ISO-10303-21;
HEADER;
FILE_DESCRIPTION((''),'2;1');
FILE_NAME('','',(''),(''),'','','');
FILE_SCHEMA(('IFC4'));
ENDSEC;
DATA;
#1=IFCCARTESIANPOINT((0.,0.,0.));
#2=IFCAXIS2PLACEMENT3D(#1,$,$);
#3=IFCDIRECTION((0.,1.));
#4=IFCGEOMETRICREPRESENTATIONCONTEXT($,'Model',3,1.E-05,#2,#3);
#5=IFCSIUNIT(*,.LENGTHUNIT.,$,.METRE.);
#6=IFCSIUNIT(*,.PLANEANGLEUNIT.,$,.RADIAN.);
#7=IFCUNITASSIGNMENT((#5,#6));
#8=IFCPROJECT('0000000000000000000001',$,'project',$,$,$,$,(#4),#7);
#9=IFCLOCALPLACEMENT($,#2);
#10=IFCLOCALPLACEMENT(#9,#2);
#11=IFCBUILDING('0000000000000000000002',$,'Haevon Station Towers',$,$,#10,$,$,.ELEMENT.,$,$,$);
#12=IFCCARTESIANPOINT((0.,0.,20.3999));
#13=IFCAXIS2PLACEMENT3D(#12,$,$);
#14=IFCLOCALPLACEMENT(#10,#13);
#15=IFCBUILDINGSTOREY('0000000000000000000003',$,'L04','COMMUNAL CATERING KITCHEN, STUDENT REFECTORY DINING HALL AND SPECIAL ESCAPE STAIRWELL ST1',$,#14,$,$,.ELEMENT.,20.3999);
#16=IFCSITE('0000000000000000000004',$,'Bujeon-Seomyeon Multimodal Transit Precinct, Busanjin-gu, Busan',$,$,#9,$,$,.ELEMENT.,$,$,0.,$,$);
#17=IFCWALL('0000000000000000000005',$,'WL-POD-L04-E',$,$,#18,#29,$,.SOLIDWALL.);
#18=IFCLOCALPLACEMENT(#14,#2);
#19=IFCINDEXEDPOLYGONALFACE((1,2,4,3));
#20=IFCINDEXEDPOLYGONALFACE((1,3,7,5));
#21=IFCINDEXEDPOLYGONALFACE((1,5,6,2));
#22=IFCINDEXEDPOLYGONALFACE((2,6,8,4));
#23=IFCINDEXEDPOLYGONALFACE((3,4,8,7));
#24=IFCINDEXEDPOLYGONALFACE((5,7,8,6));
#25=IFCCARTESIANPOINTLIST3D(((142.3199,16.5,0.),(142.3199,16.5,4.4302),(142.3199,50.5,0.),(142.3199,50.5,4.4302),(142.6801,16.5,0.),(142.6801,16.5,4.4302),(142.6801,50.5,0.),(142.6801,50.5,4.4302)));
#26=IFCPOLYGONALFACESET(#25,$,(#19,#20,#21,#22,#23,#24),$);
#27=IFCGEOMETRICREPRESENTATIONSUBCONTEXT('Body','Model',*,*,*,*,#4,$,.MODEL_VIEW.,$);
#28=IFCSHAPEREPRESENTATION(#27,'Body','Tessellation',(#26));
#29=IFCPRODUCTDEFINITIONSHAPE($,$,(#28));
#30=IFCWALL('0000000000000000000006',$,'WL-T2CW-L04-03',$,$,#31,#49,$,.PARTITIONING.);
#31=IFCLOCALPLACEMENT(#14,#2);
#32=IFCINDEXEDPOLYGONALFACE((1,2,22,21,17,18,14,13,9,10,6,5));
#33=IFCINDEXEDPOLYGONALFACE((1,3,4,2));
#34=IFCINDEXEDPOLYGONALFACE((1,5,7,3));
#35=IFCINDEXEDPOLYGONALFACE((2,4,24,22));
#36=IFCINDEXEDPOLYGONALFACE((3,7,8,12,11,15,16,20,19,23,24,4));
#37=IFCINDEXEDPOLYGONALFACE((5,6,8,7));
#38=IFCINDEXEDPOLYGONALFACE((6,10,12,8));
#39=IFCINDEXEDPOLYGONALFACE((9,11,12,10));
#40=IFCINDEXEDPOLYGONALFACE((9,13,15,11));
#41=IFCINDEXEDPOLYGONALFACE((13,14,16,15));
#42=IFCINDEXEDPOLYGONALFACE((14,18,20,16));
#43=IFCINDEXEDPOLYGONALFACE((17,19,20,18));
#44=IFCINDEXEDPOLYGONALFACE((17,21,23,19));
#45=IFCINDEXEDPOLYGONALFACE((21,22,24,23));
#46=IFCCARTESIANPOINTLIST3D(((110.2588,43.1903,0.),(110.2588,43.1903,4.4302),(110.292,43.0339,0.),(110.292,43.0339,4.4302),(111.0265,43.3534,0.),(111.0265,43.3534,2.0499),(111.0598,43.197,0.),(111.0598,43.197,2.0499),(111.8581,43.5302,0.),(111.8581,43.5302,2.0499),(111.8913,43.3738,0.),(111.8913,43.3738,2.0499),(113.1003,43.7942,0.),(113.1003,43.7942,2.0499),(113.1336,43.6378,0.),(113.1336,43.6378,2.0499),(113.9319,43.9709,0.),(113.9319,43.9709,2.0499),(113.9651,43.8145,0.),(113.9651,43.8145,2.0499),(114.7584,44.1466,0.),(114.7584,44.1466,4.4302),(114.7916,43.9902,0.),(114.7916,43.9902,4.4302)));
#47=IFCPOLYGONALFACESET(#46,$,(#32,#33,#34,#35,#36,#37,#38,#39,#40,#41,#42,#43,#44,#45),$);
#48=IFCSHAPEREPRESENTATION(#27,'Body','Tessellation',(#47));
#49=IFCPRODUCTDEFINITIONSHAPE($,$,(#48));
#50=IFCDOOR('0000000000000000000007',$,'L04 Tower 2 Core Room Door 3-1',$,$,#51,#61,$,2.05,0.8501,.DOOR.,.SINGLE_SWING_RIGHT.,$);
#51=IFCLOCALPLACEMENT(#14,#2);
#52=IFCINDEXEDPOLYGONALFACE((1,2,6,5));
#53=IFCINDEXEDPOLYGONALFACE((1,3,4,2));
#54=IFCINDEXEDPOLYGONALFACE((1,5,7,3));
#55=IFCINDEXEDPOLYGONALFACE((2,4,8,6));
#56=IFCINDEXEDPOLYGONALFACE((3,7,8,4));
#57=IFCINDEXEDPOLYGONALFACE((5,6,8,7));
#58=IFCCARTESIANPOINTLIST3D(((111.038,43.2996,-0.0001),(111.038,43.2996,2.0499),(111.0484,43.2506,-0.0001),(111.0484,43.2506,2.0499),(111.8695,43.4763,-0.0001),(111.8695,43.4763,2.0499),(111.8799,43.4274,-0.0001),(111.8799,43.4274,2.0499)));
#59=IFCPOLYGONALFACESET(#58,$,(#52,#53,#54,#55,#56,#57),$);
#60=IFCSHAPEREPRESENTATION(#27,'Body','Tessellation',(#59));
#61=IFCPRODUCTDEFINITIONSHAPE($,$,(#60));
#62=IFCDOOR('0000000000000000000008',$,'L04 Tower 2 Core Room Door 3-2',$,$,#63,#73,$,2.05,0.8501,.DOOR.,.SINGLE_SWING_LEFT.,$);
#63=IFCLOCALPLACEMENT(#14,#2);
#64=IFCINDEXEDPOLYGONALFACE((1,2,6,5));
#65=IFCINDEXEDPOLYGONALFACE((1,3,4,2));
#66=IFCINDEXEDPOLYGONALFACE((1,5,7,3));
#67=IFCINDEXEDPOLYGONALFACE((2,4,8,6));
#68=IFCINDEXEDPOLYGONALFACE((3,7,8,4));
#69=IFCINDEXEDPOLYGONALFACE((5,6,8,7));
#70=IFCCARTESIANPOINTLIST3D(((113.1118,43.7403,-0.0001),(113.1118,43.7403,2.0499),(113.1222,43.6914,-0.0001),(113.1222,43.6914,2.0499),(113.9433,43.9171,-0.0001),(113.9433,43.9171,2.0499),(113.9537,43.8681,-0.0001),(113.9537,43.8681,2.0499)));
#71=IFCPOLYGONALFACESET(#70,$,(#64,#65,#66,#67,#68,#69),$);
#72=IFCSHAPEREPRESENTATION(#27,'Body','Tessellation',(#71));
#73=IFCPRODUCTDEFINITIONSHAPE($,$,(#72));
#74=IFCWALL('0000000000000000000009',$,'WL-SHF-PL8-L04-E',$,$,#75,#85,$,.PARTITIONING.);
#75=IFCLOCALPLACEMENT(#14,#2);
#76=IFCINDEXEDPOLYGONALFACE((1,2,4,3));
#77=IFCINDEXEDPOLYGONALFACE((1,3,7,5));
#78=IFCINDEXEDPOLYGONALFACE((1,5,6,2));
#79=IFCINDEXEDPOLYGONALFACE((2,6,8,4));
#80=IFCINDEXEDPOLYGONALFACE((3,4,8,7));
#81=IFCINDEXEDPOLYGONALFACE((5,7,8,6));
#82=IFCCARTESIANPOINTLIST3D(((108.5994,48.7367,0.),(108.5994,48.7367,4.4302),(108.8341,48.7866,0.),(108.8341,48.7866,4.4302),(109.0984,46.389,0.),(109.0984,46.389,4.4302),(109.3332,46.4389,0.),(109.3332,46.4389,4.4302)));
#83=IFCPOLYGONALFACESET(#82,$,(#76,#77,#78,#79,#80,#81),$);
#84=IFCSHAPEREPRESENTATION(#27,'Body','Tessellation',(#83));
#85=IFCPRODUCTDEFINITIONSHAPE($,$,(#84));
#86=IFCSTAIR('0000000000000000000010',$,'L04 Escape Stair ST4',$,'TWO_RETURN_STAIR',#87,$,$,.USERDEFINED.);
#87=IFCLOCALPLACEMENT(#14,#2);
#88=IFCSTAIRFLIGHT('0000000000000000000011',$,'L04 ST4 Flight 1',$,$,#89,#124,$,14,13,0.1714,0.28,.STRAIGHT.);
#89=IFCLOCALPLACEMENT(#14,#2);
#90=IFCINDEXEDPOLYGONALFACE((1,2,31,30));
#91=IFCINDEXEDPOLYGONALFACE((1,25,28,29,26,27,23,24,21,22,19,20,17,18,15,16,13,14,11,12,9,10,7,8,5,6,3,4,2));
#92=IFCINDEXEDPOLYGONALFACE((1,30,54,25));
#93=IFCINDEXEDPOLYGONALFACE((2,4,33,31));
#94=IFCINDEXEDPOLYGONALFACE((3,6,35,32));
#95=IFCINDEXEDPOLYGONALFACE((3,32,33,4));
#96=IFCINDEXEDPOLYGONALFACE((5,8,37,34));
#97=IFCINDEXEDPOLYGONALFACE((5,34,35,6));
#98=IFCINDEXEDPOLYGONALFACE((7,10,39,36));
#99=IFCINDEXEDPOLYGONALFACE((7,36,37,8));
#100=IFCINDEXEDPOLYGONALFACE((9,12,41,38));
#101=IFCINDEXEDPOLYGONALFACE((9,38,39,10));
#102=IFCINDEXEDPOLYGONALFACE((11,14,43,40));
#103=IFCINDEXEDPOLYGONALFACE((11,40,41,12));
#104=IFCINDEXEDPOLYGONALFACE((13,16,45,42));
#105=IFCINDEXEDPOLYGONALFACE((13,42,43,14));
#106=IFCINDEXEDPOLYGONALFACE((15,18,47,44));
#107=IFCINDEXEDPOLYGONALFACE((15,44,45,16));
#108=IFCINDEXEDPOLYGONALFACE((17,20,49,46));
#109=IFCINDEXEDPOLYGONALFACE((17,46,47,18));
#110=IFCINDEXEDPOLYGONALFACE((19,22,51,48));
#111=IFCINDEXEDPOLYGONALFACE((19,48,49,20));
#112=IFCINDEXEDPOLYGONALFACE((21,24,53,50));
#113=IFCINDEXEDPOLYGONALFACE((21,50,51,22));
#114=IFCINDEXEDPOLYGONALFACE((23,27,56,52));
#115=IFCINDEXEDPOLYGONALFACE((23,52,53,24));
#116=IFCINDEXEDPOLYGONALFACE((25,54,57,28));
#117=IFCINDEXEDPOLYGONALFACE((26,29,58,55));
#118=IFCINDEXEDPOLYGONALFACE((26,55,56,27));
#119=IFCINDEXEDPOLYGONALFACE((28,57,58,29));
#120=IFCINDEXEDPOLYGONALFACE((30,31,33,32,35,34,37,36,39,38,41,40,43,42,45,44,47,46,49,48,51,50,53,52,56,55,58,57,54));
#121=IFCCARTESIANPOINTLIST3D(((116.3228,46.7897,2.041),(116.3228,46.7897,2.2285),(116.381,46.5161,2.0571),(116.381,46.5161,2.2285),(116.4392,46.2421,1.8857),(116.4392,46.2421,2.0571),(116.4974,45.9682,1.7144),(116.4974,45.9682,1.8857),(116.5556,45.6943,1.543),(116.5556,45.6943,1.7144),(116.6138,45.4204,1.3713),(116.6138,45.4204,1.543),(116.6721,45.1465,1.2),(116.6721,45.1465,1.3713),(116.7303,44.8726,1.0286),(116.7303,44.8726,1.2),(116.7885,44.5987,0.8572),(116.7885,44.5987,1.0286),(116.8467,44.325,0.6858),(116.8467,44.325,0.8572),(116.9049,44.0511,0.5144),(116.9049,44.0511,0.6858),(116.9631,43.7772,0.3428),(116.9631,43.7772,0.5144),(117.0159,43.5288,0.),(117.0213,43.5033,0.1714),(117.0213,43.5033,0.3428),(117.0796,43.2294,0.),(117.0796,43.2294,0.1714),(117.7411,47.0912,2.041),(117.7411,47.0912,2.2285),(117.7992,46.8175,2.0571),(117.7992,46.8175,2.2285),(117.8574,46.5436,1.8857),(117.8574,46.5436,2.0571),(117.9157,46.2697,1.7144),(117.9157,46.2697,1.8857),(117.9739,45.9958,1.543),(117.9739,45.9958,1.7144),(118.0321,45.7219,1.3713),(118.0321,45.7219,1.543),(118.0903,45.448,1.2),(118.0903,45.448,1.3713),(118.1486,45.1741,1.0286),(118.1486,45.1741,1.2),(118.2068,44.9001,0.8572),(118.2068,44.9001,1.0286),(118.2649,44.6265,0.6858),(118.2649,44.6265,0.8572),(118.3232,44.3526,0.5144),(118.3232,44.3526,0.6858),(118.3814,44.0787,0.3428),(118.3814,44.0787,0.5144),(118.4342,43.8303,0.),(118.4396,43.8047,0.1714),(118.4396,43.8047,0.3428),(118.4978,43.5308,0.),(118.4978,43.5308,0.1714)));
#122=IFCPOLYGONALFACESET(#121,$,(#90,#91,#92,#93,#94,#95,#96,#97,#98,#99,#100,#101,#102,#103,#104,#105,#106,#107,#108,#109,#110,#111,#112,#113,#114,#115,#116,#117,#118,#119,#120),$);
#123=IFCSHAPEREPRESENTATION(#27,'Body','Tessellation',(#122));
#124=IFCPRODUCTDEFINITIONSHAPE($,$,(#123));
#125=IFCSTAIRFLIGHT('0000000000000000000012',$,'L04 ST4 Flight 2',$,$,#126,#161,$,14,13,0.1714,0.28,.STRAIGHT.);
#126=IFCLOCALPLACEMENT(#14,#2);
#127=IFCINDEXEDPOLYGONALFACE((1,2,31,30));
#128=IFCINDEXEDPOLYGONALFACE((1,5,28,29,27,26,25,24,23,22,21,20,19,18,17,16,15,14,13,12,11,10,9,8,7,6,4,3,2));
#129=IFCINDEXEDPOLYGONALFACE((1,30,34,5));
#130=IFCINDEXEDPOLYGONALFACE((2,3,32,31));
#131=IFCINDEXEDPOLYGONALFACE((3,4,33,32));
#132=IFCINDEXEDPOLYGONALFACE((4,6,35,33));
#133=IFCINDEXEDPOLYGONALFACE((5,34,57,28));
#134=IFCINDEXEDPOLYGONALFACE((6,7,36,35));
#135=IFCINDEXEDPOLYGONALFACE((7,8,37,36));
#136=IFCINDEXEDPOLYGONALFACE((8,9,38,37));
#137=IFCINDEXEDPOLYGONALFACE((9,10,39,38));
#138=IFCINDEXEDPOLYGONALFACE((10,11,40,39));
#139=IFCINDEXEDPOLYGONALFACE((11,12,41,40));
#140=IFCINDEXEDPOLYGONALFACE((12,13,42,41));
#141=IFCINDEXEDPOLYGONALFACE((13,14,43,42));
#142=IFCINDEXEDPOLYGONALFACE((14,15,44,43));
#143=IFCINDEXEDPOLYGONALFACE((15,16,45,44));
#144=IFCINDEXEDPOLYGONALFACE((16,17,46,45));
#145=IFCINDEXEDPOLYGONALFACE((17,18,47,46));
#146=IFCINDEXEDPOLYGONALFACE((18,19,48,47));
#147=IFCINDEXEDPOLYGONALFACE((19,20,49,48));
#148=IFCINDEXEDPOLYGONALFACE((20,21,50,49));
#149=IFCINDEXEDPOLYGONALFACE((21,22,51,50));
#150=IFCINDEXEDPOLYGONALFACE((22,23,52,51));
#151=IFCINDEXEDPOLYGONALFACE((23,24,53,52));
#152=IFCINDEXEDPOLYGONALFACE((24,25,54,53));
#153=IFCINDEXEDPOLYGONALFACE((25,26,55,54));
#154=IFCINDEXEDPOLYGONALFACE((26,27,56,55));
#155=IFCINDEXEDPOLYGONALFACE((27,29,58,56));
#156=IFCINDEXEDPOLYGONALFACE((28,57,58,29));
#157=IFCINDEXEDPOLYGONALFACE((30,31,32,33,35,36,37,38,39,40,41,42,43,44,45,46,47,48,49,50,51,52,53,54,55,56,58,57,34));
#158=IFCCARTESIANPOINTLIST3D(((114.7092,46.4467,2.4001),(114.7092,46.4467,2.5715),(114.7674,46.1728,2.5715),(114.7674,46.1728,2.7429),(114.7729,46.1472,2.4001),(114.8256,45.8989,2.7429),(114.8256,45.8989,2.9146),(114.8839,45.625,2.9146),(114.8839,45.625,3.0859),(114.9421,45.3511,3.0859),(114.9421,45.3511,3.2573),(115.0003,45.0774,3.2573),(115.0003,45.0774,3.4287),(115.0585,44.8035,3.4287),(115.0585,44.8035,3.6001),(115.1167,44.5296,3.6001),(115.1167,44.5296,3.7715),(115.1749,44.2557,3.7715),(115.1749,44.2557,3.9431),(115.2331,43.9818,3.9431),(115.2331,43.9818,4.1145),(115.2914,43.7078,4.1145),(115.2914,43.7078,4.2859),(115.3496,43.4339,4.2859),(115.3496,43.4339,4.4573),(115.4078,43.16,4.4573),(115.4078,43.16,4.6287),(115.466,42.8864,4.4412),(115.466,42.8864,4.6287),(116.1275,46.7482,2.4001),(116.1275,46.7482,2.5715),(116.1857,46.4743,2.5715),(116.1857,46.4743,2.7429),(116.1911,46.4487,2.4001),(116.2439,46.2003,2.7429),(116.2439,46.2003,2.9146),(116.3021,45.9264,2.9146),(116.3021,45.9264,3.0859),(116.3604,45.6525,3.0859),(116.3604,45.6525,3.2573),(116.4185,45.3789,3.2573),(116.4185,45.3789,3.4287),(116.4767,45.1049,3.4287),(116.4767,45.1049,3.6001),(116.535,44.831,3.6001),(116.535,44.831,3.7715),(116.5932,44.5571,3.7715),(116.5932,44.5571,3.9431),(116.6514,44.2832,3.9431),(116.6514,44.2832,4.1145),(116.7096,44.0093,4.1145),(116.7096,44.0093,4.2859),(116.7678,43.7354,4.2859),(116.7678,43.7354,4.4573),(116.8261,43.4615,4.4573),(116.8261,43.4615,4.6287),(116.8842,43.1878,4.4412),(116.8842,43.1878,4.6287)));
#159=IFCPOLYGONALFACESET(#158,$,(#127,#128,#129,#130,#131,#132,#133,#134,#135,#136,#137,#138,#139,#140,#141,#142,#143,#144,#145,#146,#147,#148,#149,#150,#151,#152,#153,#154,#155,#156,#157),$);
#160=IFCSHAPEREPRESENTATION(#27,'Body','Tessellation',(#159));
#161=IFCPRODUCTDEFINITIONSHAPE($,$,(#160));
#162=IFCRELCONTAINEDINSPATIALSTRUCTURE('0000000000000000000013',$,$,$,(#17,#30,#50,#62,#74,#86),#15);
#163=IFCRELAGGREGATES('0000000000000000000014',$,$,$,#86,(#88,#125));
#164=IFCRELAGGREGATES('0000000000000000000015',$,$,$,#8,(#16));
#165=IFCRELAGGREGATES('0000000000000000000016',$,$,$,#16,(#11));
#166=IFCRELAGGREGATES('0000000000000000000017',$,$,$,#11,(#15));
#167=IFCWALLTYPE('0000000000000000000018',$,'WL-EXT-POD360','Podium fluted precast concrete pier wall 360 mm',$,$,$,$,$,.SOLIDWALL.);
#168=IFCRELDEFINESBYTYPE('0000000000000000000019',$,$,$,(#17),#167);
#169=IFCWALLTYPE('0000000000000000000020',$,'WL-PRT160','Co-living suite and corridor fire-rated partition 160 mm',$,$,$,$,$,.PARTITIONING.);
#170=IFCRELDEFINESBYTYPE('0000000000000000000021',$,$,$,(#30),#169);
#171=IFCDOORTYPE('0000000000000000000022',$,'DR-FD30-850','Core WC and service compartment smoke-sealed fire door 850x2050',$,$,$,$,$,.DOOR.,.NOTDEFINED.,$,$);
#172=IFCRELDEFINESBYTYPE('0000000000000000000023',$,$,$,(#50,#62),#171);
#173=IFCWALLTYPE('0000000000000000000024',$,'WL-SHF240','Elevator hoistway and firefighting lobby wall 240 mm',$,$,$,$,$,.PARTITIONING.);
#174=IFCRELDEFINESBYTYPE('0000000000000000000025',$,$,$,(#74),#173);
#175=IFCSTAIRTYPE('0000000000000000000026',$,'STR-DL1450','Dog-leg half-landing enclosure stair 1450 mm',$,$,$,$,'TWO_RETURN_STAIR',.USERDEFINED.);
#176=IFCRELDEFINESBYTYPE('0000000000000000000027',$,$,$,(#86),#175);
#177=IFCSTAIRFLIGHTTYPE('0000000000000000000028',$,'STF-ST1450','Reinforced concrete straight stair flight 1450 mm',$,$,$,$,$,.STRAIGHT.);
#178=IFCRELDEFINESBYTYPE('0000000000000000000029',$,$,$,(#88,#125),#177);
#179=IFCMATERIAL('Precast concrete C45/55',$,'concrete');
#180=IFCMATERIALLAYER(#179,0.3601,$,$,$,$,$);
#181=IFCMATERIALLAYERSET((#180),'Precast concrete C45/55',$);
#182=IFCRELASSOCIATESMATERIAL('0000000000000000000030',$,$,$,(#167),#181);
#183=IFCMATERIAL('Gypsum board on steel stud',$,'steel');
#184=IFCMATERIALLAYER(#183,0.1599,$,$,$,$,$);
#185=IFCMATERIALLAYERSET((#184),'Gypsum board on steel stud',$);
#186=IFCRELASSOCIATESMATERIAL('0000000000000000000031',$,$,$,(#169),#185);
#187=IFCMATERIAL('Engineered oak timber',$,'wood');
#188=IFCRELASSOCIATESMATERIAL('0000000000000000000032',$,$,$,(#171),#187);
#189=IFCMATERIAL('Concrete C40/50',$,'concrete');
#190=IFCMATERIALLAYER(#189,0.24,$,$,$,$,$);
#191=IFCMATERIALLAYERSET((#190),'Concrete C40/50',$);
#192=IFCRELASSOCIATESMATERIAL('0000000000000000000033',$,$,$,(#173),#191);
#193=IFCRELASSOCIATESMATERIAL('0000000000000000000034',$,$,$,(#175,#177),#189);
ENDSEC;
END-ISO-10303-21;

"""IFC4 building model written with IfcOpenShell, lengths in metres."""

from ifc_helpers import new_model, si_unit, direction, frame, frame_2d, origin, place, context, subcontext, project, spatial, polyline, rectangle, outline, extrude, material, layer, layer_set, type_object, element, fill, aggregate, save


model = new_model("IFC4")

# Units and contexts
model_context = context("Model", 3, precision=1e-05, world=origin(), true_north=direction((0.0, 1.0)))
body_context = subcontext(model_context, "Body", "Model", "MODEL_VIEW")
ifc_project = project(units=[si_unit("LENGTHUNIT", "METRE"), si_unit("PLANEANGLEUNIT", "RADIAN")], contexts=[model_context])

# Site, building, storey
site_placement = place(None, origin())
site = spatial("IfcSite", under=ifc_project, at=site_placement, Name="Bujeon-Seomyeon Multimodal Transit Precinct, Busanjin-gu, Busan", CompositionType="ELEMENT", RefElevation=0.0)
building_placement = place(site_placement, origin())
building = spatial("IfcBuilding", under=site, at=building_placement, Name="Haevon Station Towers", CompositionType="ELEMENT")
storey_placement = place(building_placement, frame((0.0, 0.0, 20.3999)))
storey = spatial("IfcBuildingStorey", under=building, at=storey_placement, Name="L04", Description="COMMUNAL CATERING KITCHEN, STUDENT REFECTORY DINING HALL AND SPECIAL ESCAPE STAIRWELL ST1", CompositionType="ELEMENT", Elevation=20.3999)

# Wall
ifc_material_1 = material(Name="Precast concrete C45/55", Category="concrete")
ifc_layer_1 = layer(ifc_material_1, 0.3601)
ifc_layer_set_1 = layer_set([ifc_layer_1], Name="Precast concrete C45/55")
wall_type_1 = type_object("IfcWallType", Name="WL-EXT-POD360", Description="Podium fluted precast concrete pier wall 360 mm", PredefinedType="SOLIDWALL", material=ifc_layer_set_1)
wall_1_placement = place(storey_placement, frame((142.5, 50.5, 0.0), z_axis=(0.0, 0.0, 1.0), x_axis=(0.0, -1.0, 0.0)))
element("IfcWall", 1, at=wall_1_placement, inside=storey, type_object=wall_type_1, Name="WL-POD-L04-E", PredefinedType="SOLIDWALL", context=body_context, shape_type="SweptSolid", body=[
    extrude(rectangle(XDim=34.0, YDim=0.3601, at=frame_2d((17.0, 0.0))), origin(), (0.0, 0.0, 1.0), 4.4302),
])

# Wall, openings, doors
ifc_material_2 = material(Name="Gypsum board on steel stud", Category="steel")
ifc_layer_2 = layer(ifc_material_2, 0.1599)
ifc_layer_set_2 = layer_set([ifc_layer_2], Name="Gypsum board on steel stud")
wall_type_2 = type_object("IfcWallType", Name="WL-PRT160", Description="Co-living suite and corridor fire-rated partition 160 mm", PredefinedType="PARTITIONING", material=ifc_layer_set_2)
wall_2_placement = place(storey_placement, frame((110.2754, 43.1121, 0.0), z_axis=(0.0, 0.0, 1.0), x_axis=(0.978152, 0.20789, 0.0)))
wall_2 = element("IfcWall", 2, at=wall_2_placement, inside=storey, type_object=wall_type_2, Name="WL-T2CW-L04-03", PredefinedType="PARTITIONING", context=body_context, shape_type="SweptSolid", body=[
    extrude(rectangle(XDim=4.6001, YDim=0.1599, at=frame_2d((2.3, 0.0))), origin(), (0.0, 0.0, 1.0), 4.4302),
])
opening_1_placement = place(wall_2_placement, frame((0.7849, 0.0, 0.0)))
opening_1 = element("IfcOpeningElement", 3, at=opening_1_placement, cuts=wall_2, PredefinedType="OPENING", context=body_context, shape_type="SweptSolid", body=[
    extrude(rectangle(XDim=0.8501, YDim=2.05, at=frame_2d((0.425, 1.0249))), frame((0.0, 0.0898, 0.0), z_axis=(0.0, -1.0, 0.0), x_axis=(1.0, 0.0, 0.0)), (0.0, 0.0, 1.0), 0.1799),
])
opening_2_placement = place(wall_2_placement, frame((2.905, 0.0, 0.0)))
opening_2 = element("IfcOpeningElement", 4, at=opening_2_placement, cuts=wall_2, PredefinedType="OPENING", context=body_context, shape_type="SweptSolid", body=[
    extrude(rectangle(XDim=0.8501, YDim=2.05, at=frame_2d((0.425, 1.0249))), frame((0.0, 0.0898, 0.0), z_axis=(0.0, -1.0, 0.0), x_axis=(1.0, 0.0, 0.0)), (0.0, 0.0, 1.0), 0.1799),
])
ifc_material_3 = material(Name="Engineered oak timber", Category="wood")
door_type = type_object("IfcDoorType", Name="DR-FD30-850", Description="Core WC and service compartment smoke-sealed fire door 850x2050", OperationType="NOTDEFINED", PredefinedType="DOOR", material=ifc_material_3)
door_1_placement = place(opening_1_placement, origin())
door_1 = element("IfcDoor", 5, at=door_1_placement, inside=storey, type_object=door_type, Name="L04 Tower 2 Core Room Door 3-1", OperationType="SINGLE_SWING_RIGHT", OverallHeight=2.05, OverallWidth=0.8501, PredefinedType="DOOR", context=body_context, shape_type="SweptSolid", body=[
    extrude(rectangle(XDim=0.8501, YDim=2.05, at=frame_2d((0.425, 1.0249))), frame((0.0, 0.0249, 0.0), z_axis=(0.0, -1.0, 0.0), x_axis=(1.0, 0.0, 0.0)), (0.0, 0.0, 1.0), 0.05),
])
fill(opening_1, door_1)
door_2_placement = place(opening_2_placement, origin())
door_2 = element("IfcDoor", 6, at=door_2_placement, inside=storey, type_object=door_type, Name="L04 Tower 2 Core Room Door 3-2", OperationType="SINGLE_SWING_LEFT", OverallHeight=2.05, OverallWidth=0.8501, PredefinedType="DOOR", context=body_context, shape_type="SweptSolid", body=[
    extrude(rectangle(XDim=0.8501, YDim=2.05, at=frame_2d((0.425, 1.0249))), frame((0.0, 0.0249, 0.0), z_axis=(0.0, -1.0, 0.0), x_axis=(1.0, 0.0, 0.0)), (0.0, 0.0, 1.0), 0.05),
])
fill(opening_2, door_2)

# Wall
ifc_material_4 = material(Name="Concrete C40/50", Category="concrete")
ifc_layer_3 = layer(ifc_material_4, 0.24)
ifc_layer_set_3 = layer_set([ifc_layer_3], Name="Concrete C40/50")
wall_type_3 = type_object("IfcWallType", Name="WL-SHF240", Description="Elevator hoistway and firefighting lobby wall 240 mm", PredefinedType="PARTITIONING", material=ifc_layer_set_3)
wall_3_placement = place(storey_placement, frame((109.2158, 46.4138, 0.0), z_axis=(0.0, 0.0, 1.0), x_axis=(-0.207917, 0.978146, 0.0)))
element("IfcWall", 7, at=wall_3_placement, inside=storey, type_object=wall_type_3, Name="WL-SHF-PL8-L04-E", PredefinedType="PARTITIONING", context=body_context, shape_type="SweptSolid", body=[
    extrude(rectangle(XDim=2.4001, YDim=0.24, at=frame_2d((1.2002, 0.0))), origin(), (0.0, 0.0, 1.0), 4.4302),
])

# Stair, stair flights
stair_type = type_object("IfcStairType", Name="STR-DL1450", Description="Dog-leg half-landing enclosure stair 1450 mm", ElementType="TWO_RETURN_STAIR", PredefinedType="USERDEFINED", material=ifc_material_4)
stair_placement = place(storey_placement, origin())
stair = element("IfcStair", 8, at=stair_placement, inside=storey, type_object=stair_type, Name="L04 Escape Stair ST4", ObjectType="TWO_RETURN_STAIR", PredefinedType="USERDEFINED")
stair_flight_type = type_object("IfcStairFlightType", Name="STF-ST1450", Description="Reinforced concrete straight stair flight 1450 mm", PredefinedType="STRAIGHT", material=ifc_material_4)
stair_flight_1_placement = place(storey_placement, frame((117.7888, 43.3801, 0.0), z_axis=(0.0, 0.0, 1.0), x_axis=(-0.207912, 0.978148, 0.0)))
stair_flight_1 = element("IfcStairFlight", 9, at=stair_flight_1_placement, type_object=stair_flight_type, Name="L04 ST4 Flight 1", NumberOfRisers=14, NumberOfTreads=13, PredefinedType="STRAIGHT", RiserHeight=0.1714, TreadLength=0.28, context=body_context, shape_type="SweptSolid", body=[
    extrude(outline(polyline([(0.0, 0.0), (0.0, 0.1714), (0.28, 0.1714), (0.28, 0.3428), (0.5601, 0.3428), (0.5601, 0.5144), (0.8401, 0.5144), (0.8401, 0.6858), (1.1201, 0.6858), (1.1201, 0.8572), (1.3999, 0.8572), (1.3999, 1.0286), (1.6799, 1.0286), (1.6799, 1.2), (1.96, 1.2), (1.96, 1.3713), (2.24, 1.3713), (2.24, 1.543), (2.52, 1.543), (2.52, 1.7144), (2.8, 1.7144), (2.8, 1.8857), (3.0801, 1.8857), (3.0801, 2.0571), (3.3601, 2.0571), (3.3601, 2.2285), (3.6399, 2.2285), (3.6399, 2.3999), (3.6399, 2.041), (0.3062, 0.0), (0.0, 0.0)])), frame((0.0, 0.7251, 0.0), z_axis=(0.0, -1.0, 0.0), x_axis=(1.0, 0.0, 0.0)), (0.0, 0.0, 1.0), 1.45),
])
stair_flight_2_placement = place(storey_placement, frame((115.4182, 46.5974, 2.4001), z_axis=(0.0, 0.0, 1.0), x_axis=(0.207912, -0.978148, 0.0)))
stair_flight_2 = element("IfcStairFlight", 10, at=stair_flight_2_placement, type_object=stair_flight_type, Name="L04 ST4 Flight 2", NumberOfRisers=14, NumberOfTreads=13, PredefinedType="STRAIGHT", RiserHeight=0.1714, TreadLength=0.28, context=body_context, shape_type="SweptSolid", body=[
    extrude(outline(polyline([(0.0, 0.0), (0.0, 0.1714), (0.28, 0.1714), (0.28, 0.3428), (0.5601, 0.3428), (0.5601, 0.5144), (0.8401, 0.5144), (0.8401, 0.6858), (1.1201, 0.6858), (1.1201, 0.8572), (1.3999, 0.8572), (1.3999, 1.0286), (1.6799, 1.0286), (1.6799, 1.2), (1.96, 1.2), (1.96, 1.3713), (2.24, 1.3713), (2.24, 1.543), (2.52, 1.543), (2.52, 1.7144), (2.8, 1.7144), (2.8, 1.8857), (3.0801, 1.8857), (3.0801, 2.0571), (3.3601, 2.0571), (3.3601, 2.2285), (3.6399, 2.2285), (3.6399, 2.3999), (3.6399, 2.041), (0.3062, 0.0), (0.0, 0.0)])), frame((0.0, 0.7251, 0.0), z_axis=(0.0, -1.0, 0.0), x_axis=(1.0, 0.0, 0.0)), (0.0, 0.0, 1.0), 1.45),
])
aggregate(stair, [stair_flight_1, stair_flight_2])

save(model, "model.ifc")
